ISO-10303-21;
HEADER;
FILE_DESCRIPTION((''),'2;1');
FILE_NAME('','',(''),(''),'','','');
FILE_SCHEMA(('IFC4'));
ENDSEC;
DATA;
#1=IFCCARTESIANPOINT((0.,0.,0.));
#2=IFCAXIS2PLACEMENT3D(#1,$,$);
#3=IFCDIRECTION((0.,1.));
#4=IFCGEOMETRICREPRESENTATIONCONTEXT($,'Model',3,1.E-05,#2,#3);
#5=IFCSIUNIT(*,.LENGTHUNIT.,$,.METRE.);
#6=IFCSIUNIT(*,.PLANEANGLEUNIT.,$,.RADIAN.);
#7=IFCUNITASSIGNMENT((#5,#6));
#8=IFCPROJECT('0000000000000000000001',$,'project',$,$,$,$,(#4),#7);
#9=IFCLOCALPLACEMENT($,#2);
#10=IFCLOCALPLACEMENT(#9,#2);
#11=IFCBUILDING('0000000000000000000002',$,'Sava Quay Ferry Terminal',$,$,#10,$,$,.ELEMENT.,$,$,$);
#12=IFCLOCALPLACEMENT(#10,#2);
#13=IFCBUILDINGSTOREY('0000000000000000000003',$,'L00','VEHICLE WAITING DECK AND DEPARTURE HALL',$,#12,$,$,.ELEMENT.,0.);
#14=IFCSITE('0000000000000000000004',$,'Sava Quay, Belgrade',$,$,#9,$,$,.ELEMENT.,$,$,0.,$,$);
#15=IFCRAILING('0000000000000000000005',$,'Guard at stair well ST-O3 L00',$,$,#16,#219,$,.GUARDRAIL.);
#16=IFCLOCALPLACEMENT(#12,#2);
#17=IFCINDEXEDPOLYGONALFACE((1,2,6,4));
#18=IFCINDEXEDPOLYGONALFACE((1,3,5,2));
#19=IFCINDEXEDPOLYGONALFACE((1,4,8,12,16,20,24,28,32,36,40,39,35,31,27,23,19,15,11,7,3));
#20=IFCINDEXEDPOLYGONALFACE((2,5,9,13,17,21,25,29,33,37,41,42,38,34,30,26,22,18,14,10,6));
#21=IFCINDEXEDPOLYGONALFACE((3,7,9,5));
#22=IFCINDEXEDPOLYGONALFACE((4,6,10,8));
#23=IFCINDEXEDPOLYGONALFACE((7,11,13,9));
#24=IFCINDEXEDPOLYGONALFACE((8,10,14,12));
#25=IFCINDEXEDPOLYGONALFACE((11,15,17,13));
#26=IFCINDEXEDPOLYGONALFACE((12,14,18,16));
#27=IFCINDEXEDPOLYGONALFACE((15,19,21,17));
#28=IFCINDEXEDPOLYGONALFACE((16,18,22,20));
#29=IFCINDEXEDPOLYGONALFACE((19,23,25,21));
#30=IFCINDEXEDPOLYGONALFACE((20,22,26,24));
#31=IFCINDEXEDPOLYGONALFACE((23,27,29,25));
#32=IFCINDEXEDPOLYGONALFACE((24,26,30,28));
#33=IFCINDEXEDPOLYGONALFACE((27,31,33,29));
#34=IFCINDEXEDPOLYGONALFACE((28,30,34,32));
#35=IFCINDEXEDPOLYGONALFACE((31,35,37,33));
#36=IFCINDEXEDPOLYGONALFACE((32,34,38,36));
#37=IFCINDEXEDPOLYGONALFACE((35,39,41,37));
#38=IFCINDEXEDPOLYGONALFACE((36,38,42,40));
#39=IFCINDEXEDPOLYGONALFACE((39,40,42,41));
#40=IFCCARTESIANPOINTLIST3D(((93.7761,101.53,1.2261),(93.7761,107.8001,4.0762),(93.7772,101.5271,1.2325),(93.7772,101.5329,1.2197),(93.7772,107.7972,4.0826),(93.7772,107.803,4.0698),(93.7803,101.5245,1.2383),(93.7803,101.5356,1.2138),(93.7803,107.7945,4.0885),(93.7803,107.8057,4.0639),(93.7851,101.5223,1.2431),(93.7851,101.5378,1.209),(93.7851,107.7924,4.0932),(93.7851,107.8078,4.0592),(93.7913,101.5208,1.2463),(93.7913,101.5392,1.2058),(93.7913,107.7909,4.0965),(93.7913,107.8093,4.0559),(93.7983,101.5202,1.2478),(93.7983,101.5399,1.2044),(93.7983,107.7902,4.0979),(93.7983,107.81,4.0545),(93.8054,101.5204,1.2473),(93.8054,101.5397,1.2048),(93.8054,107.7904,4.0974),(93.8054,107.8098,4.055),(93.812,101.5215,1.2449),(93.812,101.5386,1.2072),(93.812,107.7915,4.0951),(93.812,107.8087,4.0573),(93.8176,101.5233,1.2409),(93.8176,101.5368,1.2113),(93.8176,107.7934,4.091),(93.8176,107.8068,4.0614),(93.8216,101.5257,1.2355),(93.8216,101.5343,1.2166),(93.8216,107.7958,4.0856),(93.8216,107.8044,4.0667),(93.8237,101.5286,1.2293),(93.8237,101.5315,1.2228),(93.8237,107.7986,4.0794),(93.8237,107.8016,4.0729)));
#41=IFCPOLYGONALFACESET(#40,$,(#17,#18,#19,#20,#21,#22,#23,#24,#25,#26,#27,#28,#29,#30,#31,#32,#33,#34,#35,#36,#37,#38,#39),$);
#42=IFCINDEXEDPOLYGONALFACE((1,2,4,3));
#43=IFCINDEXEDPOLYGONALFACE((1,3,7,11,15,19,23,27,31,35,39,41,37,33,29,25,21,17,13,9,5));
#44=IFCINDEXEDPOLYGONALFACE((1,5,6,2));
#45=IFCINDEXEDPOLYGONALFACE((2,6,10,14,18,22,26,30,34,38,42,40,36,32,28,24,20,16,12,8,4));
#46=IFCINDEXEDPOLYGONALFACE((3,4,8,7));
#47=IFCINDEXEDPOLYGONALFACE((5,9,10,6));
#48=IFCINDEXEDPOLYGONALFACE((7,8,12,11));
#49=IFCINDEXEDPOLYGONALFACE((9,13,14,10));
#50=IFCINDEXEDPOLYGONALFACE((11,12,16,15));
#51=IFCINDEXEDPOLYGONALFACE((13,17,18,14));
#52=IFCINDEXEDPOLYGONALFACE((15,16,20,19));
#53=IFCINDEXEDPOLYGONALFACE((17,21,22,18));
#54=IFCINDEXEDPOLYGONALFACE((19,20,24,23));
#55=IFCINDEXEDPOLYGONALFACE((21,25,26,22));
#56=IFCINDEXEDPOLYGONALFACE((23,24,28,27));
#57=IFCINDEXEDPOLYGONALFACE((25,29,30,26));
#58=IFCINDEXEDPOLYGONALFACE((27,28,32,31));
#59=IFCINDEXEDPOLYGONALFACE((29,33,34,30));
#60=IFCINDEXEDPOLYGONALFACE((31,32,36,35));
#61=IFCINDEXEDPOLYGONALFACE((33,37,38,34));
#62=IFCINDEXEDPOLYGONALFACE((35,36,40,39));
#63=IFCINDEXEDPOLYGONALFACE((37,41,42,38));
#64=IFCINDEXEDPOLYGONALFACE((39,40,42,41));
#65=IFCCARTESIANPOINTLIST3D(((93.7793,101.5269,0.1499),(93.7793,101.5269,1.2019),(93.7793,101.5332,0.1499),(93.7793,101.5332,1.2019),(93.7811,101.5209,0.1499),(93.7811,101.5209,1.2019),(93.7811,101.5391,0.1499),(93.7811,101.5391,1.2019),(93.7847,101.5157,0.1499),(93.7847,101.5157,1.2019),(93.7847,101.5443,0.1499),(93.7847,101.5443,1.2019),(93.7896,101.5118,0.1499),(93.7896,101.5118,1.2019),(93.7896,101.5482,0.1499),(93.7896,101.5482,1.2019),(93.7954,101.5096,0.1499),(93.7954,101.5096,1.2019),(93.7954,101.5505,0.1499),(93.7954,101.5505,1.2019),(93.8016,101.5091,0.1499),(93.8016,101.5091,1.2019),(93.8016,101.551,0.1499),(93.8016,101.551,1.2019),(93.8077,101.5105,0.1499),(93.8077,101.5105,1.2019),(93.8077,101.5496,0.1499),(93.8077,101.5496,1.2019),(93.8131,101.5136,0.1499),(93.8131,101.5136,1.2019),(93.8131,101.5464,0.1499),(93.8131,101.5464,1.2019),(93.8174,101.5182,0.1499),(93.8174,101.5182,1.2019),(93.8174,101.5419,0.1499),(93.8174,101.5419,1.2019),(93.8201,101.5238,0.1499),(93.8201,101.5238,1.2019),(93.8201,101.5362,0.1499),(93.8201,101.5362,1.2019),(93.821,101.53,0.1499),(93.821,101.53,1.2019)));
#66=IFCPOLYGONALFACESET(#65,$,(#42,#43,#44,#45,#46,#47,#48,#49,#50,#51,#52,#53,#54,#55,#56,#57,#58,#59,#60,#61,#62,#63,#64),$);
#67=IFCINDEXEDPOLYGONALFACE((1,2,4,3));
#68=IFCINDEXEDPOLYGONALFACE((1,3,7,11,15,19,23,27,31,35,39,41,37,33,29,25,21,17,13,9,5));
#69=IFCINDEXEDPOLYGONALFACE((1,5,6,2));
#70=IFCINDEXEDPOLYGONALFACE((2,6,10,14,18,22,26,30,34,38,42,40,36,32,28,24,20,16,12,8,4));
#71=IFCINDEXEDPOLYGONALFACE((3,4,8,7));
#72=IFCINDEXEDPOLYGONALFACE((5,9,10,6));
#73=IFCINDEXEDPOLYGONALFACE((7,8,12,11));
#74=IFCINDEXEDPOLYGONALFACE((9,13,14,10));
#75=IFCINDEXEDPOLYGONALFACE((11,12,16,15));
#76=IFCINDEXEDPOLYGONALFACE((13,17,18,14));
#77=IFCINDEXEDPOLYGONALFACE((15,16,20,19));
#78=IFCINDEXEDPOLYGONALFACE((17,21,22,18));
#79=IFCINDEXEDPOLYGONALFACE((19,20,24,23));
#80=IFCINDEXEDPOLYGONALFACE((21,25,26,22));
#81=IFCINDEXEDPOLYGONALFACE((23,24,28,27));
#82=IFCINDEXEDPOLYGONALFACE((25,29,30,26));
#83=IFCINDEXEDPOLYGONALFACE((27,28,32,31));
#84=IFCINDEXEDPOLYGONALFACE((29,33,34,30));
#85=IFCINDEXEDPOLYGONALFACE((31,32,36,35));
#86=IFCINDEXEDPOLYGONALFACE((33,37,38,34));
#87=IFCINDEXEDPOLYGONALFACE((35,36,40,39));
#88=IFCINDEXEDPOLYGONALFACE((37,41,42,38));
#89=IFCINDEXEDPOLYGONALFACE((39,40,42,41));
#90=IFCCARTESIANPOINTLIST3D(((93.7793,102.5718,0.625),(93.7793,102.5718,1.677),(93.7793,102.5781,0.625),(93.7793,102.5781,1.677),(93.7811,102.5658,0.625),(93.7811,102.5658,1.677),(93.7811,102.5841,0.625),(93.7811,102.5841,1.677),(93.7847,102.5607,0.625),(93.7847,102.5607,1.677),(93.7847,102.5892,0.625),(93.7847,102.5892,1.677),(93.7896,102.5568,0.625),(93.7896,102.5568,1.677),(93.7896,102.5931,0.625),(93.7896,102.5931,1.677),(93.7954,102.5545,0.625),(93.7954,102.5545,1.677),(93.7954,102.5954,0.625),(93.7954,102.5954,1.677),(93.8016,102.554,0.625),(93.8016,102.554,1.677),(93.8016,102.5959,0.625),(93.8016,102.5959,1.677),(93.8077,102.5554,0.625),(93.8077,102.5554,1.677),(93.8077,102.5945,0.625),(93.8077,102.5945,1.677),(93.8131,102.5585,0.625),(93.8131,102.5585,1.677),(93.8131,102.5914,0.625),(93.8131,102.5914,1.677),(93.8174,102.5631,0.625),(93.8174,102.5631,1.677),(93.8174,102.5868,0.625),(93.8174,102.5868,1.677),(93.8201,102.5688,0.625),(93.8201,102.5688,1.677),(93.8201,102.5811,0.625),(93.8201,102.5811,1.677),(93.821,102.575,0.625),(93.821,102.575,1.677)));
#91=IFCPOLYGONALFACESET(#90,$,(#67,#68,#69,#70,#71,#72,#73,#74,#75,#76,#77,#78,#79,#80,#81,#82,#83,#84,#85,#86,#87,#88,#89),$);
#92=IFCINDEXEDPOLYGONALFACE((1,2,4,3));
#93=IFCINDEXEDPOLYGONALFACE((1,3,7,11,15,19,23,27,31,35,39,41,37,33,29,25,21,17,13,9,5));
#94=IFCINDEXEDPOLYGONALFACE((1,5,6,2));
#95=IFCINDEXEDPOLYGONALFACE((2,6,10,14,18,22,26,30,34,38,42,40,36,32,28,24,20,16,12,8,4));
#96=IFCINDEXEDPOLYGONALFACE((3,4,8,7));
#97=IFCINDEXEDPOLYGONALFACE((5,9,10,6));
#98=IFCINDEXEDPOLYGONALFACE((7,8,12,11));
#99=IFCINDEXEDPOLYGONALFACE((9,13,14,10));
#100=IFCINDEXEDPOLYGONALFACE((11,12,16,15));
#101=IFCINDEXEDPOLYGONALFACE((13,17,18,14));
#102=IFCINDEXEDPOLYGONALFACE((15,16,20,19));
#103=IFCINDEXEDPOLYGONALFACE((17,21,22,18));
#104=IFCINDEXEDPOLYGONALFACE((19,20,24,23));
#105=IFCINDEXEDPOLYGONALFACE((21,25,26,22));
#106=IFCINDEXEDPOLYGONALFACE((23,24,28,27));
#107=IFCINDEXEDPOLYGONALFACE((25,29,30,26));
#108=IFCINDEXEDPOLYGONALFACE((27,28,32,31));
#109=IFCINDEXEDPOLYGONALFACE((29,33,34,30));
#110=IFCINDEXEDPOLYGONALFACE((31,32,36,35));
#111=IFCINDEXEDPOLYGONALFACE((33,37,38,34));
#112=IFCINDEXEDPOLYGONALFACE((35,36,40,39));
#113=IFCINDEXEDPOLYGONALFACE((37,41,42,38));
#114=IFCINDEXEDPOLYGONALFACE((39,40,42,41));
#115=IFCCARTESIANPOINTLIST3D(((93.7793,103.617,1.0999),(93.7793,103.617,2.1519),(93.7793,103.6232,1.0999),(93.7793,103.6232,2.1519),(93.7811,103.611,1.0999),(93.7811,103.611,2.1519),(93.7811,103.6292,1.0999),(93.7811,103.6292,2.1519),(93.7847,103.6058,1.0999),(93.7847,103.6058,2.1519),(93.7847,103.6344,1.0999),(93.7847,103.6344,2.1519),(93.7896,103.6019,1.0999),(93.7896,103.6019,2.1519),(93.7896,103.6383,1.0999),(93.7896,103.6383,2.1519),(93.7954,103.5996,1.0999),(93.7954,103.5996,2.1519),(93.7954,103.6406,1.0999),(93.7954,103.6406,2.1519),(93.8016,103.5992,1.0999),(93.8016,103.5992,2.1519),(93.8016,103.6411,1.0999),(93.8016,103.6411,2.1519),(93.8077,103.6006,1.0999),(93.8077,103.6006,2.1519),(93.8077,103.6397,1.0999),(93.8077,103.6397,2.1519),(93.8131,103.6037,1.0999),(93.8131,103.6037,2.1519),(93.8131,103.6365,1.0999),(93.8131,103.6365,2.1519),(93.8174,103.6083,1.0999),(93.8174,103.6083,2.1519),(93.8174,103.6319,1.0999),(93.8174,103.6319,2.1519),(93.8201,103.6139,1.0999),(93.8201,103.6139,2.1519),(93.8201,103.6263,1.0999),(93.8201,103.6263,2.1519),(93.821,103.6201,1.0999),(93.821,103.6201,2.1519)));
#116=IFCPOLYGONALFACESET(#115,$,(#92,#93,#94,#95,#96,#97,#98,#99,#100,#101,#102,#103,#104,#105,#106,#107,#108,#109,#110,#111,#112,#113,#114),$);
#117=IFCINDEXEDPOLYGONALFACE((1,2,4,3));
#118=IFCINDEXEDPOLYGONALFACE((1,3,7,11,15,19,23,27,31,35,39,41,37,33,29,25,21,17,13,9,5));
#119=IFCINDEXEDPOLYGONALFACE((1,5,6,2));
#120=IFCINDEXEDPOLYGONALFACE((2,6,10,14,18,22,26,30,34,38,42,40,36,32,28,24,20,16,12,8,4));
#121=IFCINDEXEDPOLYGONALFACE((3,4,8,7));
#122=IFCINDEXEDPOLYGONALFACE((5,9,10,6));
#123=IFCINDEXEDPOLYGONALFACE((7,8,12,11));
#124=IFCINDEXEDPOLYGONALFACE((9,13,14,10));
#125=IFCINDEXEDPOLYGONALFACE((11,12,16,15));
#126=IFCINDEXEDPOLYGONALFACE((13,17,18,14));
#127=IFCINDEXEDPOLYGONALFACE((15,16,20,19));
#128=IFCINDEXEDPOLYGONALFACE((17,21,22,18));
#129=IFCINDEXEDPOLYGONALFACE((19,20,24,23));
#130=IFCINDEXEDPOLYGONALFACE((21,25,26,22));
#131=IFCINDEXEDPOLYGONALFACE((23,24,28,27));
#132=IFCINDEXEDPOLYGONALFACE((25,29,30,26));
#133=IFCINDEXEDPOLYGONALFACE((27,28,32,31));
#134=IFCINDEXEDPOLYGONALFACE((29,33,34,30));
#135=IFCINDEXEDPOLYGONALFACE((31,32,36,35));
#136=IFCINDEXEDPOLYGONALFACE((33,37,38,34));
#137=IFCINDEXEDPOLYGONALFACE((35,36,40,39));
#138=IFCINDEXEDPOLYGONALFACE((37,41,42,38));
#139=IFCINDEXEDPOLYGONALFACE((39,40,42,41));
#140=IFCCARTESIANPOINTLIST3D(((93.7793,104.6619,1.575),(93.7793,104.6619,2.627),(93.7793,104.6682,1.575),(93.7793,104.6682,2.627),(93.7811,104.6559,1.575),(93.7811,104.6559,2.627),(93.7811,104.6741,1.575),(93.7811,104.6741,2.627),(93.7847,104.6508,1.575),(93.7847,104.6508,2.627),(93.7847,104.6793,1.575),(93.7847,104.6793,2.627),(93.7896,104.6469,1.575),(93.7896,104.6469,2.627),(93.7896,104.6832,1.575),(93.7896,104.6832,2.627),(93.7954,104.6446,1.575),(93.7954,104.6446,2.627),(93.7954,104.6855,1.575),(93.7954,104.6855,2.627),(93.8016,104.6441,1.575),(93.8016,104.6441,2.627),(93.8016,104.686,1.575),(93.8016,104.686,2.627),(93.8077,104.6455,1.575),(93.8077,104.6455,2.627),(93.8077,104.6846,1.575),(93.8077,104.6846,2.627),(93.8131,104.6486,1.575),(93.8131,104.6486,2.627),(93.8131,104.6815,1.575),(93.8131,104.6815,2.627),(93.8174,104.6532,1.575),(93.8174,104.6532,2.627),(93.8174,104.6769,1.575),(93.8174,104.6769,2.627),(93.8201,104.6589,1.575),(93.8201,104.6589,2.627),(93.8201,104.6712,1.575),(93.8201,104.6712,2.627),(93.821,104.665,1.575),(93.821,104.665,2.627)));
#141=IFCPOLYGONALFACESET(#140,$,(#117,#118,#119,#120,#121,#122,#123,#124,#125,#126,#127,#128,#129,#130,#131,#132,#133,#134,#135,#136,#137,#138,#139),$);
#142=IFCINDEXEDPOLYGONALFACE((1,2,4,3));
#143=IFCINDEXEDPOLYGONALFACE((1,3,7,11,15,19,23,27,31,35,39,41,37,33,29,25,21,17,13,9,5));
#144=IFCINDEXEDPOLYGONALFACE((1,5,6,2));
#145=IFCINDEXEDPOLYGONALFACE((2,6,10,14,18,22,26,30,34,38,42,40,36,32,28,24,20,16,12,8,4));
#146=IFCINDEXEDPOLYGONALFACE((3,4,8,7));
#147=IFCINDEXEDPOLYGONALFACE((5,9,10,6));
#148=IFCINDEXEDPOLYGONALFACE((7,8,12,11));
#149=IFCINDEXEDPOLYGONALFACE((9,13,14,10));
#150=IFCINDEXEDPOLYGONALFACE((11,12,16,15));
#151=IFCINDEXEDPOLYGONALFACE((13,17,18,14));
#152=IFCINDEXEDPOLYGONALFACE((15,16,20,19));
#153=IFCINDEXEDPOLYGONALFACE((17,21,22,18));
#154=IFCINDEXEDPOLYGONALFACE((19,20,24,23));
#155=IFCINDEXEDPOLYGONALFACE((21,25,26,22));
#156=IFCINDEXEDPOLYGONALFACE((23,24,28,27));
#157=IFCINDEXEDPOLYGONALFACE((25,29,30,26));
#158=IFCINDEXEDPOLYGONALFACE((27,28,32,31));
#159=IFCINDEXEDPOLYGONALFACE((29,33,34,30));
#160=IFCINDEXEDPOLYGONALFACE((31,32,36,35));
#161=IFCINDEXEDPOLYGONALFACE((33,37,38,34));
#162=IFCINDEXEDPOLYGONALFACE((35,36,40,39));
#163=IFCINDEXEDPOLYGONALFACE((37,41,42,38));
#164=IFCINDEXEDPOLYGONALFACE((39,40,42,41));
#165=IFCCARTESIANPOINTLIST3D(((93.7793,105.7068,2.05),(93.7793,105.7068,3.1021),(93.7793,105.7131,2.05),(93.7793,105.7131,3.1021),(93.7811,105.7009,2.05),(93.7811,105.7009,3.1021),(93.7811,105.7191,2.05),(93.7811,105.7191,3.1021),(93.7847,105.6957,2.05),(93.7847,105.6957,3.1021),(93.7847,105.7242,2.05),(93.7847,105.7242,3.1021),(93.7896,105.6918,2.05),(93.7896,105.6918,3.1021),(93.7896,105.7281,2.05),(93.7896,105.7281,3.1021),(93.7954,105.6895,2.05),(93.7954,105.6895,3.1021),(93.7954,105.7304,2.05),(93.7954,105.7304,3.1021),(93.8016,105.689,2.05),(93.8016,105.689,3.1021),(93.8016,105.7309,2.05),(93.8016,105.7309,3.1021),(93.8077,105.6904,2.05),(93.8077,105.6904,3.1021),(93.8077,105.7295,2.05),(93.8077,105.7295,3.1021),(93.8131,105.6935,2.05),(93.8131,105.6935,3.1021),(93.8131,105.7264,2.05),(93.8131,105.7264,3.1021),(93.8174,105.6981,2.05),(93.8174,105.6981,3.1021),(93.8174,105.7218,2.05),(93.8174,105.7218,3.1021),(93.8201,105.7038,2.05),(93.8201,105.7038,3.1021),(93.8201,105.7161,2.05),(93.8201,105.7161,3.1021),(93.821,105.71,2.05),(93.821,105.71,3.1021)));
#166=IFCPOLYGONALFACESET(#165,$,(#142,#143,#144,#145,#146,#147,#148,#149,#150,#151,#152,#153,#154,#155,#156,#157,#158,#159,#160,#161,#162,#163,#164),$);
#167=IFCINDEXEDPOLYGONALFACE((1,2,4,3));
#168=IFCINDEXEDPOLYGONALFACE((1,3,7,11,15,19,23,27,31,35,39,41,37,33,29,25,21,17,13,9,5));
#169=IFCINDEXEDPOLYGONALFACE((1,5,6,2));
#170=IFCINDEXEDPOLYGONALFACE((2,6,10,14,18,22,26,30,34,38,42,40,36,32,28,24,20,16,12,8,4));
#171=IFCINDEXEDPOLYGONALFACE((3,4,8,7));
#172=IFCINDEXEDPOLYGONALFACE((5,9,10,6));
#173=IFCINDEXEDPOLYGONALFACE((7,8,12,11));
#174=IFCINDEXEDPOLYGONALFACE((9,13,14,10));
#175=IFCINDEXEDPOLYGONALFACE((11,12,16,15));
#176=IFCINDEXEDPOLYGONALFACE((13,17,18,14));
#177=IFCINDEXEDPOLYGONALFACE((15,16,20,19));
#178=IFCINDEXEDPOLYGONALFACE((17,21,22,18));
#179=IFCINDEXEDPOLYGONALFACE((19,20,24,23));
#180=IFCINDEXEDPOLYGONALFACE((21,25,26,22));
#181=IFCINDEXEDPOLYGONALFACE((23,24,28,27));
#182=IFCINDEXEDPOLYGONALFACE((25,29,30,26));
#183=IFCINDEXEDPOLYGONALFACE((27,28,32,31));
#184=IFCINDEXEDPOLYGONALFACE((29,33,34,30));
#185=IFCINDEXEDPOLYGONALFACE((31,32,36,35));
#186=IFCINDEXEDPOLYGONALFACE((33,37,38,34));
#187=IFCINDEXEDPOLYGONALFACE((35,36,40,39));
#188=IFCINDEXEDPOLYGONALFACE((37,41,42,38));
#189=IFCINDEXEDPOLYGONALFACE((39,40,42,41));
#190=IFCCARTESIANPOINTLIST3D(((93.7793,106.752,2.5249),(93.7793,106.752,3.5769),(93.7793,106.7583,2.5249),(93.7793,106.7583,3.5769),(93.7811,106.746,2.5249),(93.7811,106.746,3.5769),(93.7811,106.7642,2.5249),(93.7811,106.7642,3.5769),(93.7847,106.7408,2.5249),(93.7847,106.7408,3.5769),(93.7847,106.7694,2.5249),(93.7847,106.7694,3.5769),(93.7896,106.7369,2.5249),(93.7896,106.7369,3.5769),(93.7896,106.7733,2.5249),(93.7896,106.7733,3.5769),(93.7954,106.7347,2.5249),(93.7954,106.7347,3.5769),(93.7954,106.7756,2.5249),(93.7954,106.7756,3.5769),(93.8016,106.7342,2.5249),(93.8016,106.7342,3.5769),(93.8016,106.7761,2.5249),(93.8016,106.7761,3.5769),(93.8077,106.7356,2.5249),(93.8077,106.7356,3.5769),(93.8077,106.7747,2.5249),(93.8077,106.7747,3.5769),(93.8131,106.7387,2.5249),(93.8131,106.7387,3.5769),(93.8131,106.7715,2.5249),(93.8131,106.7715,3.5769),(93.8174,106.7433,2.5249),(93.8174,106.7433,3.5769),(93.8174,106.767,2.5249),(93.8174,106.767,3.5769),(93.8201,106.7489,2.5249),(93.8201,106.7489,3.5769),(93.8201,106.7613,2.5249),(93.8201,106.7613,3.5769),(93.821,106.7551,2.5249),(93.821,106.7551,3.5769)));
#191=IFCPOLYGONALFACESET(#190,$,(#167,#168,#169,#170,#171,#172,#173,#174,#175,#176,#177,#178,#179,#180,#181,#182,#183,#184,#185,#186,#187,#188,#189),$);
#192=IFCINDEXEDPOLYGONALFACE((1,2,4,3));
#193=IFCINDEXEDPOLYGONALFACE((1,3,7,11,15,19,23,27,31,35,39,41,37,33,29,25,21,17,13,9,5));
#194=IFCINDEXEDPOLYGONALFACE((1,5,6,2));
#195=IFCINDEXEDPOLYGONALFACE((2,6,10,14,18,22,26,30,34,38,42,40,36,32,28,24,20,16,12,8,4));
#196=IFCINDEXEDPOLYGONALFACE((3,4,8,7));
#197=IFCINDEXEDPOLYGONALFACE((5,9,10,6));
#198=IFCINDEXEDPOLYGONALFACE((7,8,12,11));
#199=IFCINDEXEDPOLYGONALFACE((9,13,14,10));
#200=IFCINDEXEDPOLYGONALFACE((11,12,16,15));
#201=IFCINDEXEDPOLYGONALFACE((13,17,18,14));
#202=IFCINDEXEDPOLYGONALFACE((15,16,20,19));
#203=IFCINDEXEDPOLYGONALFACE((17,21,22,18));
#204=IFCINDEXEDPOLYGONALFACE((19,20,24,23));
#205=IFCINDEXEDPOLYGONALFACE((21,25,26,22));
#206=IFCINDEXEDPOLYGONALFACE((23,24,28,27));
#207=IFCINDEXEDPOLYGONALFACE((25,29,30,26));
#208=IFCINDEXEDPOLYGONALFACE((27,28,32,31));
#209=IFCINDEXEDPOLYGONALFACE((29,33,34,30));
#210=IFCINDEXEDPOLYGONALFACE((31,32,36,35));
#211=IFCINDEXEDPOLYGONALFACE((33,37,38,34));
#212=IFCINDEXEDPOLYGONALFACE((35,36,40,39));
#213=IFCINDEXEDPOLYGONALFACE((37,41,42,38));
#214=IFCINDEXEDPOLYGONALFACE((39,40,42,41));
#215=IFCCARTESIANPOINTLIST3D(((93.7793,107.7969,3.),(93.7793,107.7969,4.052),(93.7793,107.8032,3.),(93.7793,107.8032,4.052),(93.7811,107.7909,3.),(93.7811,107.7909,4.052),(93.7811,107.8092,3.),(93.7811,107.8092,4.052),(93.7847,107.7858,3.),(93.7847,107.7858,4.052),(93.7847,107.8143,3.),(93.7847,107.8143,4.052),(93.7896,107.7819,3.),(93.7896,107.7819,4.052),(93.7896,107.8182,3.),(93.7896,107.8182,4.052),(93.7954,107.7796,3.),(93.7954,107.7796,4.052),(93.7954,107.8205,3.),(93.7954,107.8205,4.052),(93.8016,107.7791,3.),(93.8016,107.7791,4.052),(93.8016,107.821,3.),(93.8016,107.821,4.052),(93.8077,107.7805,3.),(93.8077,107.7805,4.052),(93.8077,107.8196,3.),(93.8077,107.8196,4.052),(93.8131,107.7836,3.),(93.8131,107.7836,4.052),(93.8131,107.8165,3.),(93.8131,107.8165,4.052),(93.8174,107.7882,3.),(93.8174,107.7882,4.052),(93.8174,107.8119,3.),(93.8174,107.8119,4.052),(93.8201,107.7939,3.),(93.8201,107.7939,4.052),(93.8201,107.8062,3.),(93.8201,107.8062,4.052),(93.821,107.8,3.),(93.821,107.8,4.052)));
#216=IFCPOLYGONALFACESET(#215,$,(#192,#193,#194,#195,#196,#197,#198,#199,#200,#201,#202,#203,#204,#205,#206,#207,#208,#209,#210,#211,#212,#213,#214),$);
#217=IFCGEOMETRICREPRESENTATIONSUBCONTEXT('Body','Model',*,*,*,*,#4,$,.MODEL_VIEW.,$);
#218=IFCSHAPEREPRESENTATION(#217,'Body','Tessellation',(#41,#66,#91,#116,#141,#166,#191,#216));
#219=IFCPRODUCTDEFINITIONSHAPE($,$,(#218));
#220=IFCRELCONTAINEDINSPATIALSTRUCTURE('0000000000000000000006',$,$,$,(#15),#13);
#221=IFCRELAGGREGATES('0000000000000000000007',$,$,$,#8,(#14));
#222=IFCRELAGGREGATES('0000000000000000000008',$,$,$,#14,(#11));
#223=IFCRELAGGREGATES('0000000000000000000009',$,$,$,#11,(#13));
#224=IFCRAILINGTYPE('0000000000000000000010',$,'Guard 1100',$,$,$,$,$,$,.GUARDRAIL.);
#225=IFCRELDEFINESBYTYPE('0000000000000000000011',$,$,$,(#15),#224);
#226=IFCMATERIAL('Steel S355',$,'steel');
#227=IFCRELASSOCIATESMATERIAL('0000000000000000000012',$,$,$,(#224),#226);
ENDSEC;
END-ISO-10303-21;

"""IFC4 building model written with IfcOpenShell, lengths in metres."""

from ifc_helpers import new_model, si_unit, direction, frame, origin, origin_2d, place, context, subcontext, project, spatial, circle, extrude, material, type_object, element, save


model = new_model("IFC4")

# Units and contexts
model_context = context("Model", 3, precision=1e-05, world=origin(), true_north=direction((0.0, 1.0)))
body_context = subcontext(model_context, "Body", "Model", "MODEL_VIEW")
ifc_project = project(units=[si_unit("LENGTHUNIT", "METRE"), si_unit("PLANEANGLEUNIT", "RADIAN")], contexts=[model_context])

# Site, building, storey
site_placement = place(None, origin())
site = spatial("IfcSite", under=ifc_project, at=site_placement, Name="Sava Quay, Belgrade", CompositionType="ELEMENT", RefElevation=0.0)
building_placement = place(site_placement, origin())
building = spatial("IfcBuilding", under=site, at=building_placement, Name="Sava Quay Ferry Terminal", CompositionType="ELEMENT")
storey_placement = place(building_placement, origin())
storey = spatial("IfcBuildingStorey", under=building, at=storey_placement, Name="L00", Description="VEHICLE WAITING DECK AND DEPARTURE HALL", CompositionType="ELEMENT", Elevation=0.0)

# Railing
ifc_material_1 = material(Name="Steel S355", Category="steel")
railing_type_1 = type_object("IfcRailingType", Name="Guard 1100", PredefinedType="GUARDRAIL", material=ifc_material_1)
railing_1_placement = place(storey_placement, frame((93.8, 101.53, 0.1499)))
element("IfcRailing", 1, at=railing_1_placement, inside=storey, type_object=railing_type_1, Name="Guard at stair well ST-O3 L00", PredefinedType="GUARDRAIL", context=body_context, shape_type="SweptSolid", body=[
    extrude(circle(Radius=0.0239, at=origin_2d()), frame((0.0, 0.0, 1.0762), z_axis=(0.0, 0.910362, 0.413814), x_axis=(-1.0, 0.0, 0.0)), (0.0, 0.0, 1.0), 6.8875),
    extrude(circle(Radius=0.021, at=origin_2d()), origin(), (0.0, 0.0, 1.0), 1.052),
    extrude(circle(Radius=0.021, at=origin_2d()), frame((0.0, 1.0449, 0.4751)), (0.0, 0.0, 1.0), 1.052),
    extrude(circle(Radius=0.021, at=origin_2d()), frame((0.0, 2.0901, 0.95)), (0.0, 0.0, 1.0), 1.052),
    extrude(circle(Radius=0.021, at=origin_2d()), frame((0.0, 3.135, 1.425)), (0.0, 0.0, 1.0), 1.052),
    extrude(circle(Radius=0.021, at=origin_2d()), frame((0.0, 4.1799, 1.9001)), (0.0, 0.0, 1.0), 1.052),
    extrude(circle(Radius=0.021, at=origin_2d()), frame((0.0, 5.2251, 2.375)), (0.0, 0.0, 1.0), 1.052),
    extrude(circle(Radius=0.021, at=origin_2d()), frame((0.0, 6.27, 2.8501)), (0.0, 0.0, 1.0), 1.052),
])

save(model, "model.ifc")
